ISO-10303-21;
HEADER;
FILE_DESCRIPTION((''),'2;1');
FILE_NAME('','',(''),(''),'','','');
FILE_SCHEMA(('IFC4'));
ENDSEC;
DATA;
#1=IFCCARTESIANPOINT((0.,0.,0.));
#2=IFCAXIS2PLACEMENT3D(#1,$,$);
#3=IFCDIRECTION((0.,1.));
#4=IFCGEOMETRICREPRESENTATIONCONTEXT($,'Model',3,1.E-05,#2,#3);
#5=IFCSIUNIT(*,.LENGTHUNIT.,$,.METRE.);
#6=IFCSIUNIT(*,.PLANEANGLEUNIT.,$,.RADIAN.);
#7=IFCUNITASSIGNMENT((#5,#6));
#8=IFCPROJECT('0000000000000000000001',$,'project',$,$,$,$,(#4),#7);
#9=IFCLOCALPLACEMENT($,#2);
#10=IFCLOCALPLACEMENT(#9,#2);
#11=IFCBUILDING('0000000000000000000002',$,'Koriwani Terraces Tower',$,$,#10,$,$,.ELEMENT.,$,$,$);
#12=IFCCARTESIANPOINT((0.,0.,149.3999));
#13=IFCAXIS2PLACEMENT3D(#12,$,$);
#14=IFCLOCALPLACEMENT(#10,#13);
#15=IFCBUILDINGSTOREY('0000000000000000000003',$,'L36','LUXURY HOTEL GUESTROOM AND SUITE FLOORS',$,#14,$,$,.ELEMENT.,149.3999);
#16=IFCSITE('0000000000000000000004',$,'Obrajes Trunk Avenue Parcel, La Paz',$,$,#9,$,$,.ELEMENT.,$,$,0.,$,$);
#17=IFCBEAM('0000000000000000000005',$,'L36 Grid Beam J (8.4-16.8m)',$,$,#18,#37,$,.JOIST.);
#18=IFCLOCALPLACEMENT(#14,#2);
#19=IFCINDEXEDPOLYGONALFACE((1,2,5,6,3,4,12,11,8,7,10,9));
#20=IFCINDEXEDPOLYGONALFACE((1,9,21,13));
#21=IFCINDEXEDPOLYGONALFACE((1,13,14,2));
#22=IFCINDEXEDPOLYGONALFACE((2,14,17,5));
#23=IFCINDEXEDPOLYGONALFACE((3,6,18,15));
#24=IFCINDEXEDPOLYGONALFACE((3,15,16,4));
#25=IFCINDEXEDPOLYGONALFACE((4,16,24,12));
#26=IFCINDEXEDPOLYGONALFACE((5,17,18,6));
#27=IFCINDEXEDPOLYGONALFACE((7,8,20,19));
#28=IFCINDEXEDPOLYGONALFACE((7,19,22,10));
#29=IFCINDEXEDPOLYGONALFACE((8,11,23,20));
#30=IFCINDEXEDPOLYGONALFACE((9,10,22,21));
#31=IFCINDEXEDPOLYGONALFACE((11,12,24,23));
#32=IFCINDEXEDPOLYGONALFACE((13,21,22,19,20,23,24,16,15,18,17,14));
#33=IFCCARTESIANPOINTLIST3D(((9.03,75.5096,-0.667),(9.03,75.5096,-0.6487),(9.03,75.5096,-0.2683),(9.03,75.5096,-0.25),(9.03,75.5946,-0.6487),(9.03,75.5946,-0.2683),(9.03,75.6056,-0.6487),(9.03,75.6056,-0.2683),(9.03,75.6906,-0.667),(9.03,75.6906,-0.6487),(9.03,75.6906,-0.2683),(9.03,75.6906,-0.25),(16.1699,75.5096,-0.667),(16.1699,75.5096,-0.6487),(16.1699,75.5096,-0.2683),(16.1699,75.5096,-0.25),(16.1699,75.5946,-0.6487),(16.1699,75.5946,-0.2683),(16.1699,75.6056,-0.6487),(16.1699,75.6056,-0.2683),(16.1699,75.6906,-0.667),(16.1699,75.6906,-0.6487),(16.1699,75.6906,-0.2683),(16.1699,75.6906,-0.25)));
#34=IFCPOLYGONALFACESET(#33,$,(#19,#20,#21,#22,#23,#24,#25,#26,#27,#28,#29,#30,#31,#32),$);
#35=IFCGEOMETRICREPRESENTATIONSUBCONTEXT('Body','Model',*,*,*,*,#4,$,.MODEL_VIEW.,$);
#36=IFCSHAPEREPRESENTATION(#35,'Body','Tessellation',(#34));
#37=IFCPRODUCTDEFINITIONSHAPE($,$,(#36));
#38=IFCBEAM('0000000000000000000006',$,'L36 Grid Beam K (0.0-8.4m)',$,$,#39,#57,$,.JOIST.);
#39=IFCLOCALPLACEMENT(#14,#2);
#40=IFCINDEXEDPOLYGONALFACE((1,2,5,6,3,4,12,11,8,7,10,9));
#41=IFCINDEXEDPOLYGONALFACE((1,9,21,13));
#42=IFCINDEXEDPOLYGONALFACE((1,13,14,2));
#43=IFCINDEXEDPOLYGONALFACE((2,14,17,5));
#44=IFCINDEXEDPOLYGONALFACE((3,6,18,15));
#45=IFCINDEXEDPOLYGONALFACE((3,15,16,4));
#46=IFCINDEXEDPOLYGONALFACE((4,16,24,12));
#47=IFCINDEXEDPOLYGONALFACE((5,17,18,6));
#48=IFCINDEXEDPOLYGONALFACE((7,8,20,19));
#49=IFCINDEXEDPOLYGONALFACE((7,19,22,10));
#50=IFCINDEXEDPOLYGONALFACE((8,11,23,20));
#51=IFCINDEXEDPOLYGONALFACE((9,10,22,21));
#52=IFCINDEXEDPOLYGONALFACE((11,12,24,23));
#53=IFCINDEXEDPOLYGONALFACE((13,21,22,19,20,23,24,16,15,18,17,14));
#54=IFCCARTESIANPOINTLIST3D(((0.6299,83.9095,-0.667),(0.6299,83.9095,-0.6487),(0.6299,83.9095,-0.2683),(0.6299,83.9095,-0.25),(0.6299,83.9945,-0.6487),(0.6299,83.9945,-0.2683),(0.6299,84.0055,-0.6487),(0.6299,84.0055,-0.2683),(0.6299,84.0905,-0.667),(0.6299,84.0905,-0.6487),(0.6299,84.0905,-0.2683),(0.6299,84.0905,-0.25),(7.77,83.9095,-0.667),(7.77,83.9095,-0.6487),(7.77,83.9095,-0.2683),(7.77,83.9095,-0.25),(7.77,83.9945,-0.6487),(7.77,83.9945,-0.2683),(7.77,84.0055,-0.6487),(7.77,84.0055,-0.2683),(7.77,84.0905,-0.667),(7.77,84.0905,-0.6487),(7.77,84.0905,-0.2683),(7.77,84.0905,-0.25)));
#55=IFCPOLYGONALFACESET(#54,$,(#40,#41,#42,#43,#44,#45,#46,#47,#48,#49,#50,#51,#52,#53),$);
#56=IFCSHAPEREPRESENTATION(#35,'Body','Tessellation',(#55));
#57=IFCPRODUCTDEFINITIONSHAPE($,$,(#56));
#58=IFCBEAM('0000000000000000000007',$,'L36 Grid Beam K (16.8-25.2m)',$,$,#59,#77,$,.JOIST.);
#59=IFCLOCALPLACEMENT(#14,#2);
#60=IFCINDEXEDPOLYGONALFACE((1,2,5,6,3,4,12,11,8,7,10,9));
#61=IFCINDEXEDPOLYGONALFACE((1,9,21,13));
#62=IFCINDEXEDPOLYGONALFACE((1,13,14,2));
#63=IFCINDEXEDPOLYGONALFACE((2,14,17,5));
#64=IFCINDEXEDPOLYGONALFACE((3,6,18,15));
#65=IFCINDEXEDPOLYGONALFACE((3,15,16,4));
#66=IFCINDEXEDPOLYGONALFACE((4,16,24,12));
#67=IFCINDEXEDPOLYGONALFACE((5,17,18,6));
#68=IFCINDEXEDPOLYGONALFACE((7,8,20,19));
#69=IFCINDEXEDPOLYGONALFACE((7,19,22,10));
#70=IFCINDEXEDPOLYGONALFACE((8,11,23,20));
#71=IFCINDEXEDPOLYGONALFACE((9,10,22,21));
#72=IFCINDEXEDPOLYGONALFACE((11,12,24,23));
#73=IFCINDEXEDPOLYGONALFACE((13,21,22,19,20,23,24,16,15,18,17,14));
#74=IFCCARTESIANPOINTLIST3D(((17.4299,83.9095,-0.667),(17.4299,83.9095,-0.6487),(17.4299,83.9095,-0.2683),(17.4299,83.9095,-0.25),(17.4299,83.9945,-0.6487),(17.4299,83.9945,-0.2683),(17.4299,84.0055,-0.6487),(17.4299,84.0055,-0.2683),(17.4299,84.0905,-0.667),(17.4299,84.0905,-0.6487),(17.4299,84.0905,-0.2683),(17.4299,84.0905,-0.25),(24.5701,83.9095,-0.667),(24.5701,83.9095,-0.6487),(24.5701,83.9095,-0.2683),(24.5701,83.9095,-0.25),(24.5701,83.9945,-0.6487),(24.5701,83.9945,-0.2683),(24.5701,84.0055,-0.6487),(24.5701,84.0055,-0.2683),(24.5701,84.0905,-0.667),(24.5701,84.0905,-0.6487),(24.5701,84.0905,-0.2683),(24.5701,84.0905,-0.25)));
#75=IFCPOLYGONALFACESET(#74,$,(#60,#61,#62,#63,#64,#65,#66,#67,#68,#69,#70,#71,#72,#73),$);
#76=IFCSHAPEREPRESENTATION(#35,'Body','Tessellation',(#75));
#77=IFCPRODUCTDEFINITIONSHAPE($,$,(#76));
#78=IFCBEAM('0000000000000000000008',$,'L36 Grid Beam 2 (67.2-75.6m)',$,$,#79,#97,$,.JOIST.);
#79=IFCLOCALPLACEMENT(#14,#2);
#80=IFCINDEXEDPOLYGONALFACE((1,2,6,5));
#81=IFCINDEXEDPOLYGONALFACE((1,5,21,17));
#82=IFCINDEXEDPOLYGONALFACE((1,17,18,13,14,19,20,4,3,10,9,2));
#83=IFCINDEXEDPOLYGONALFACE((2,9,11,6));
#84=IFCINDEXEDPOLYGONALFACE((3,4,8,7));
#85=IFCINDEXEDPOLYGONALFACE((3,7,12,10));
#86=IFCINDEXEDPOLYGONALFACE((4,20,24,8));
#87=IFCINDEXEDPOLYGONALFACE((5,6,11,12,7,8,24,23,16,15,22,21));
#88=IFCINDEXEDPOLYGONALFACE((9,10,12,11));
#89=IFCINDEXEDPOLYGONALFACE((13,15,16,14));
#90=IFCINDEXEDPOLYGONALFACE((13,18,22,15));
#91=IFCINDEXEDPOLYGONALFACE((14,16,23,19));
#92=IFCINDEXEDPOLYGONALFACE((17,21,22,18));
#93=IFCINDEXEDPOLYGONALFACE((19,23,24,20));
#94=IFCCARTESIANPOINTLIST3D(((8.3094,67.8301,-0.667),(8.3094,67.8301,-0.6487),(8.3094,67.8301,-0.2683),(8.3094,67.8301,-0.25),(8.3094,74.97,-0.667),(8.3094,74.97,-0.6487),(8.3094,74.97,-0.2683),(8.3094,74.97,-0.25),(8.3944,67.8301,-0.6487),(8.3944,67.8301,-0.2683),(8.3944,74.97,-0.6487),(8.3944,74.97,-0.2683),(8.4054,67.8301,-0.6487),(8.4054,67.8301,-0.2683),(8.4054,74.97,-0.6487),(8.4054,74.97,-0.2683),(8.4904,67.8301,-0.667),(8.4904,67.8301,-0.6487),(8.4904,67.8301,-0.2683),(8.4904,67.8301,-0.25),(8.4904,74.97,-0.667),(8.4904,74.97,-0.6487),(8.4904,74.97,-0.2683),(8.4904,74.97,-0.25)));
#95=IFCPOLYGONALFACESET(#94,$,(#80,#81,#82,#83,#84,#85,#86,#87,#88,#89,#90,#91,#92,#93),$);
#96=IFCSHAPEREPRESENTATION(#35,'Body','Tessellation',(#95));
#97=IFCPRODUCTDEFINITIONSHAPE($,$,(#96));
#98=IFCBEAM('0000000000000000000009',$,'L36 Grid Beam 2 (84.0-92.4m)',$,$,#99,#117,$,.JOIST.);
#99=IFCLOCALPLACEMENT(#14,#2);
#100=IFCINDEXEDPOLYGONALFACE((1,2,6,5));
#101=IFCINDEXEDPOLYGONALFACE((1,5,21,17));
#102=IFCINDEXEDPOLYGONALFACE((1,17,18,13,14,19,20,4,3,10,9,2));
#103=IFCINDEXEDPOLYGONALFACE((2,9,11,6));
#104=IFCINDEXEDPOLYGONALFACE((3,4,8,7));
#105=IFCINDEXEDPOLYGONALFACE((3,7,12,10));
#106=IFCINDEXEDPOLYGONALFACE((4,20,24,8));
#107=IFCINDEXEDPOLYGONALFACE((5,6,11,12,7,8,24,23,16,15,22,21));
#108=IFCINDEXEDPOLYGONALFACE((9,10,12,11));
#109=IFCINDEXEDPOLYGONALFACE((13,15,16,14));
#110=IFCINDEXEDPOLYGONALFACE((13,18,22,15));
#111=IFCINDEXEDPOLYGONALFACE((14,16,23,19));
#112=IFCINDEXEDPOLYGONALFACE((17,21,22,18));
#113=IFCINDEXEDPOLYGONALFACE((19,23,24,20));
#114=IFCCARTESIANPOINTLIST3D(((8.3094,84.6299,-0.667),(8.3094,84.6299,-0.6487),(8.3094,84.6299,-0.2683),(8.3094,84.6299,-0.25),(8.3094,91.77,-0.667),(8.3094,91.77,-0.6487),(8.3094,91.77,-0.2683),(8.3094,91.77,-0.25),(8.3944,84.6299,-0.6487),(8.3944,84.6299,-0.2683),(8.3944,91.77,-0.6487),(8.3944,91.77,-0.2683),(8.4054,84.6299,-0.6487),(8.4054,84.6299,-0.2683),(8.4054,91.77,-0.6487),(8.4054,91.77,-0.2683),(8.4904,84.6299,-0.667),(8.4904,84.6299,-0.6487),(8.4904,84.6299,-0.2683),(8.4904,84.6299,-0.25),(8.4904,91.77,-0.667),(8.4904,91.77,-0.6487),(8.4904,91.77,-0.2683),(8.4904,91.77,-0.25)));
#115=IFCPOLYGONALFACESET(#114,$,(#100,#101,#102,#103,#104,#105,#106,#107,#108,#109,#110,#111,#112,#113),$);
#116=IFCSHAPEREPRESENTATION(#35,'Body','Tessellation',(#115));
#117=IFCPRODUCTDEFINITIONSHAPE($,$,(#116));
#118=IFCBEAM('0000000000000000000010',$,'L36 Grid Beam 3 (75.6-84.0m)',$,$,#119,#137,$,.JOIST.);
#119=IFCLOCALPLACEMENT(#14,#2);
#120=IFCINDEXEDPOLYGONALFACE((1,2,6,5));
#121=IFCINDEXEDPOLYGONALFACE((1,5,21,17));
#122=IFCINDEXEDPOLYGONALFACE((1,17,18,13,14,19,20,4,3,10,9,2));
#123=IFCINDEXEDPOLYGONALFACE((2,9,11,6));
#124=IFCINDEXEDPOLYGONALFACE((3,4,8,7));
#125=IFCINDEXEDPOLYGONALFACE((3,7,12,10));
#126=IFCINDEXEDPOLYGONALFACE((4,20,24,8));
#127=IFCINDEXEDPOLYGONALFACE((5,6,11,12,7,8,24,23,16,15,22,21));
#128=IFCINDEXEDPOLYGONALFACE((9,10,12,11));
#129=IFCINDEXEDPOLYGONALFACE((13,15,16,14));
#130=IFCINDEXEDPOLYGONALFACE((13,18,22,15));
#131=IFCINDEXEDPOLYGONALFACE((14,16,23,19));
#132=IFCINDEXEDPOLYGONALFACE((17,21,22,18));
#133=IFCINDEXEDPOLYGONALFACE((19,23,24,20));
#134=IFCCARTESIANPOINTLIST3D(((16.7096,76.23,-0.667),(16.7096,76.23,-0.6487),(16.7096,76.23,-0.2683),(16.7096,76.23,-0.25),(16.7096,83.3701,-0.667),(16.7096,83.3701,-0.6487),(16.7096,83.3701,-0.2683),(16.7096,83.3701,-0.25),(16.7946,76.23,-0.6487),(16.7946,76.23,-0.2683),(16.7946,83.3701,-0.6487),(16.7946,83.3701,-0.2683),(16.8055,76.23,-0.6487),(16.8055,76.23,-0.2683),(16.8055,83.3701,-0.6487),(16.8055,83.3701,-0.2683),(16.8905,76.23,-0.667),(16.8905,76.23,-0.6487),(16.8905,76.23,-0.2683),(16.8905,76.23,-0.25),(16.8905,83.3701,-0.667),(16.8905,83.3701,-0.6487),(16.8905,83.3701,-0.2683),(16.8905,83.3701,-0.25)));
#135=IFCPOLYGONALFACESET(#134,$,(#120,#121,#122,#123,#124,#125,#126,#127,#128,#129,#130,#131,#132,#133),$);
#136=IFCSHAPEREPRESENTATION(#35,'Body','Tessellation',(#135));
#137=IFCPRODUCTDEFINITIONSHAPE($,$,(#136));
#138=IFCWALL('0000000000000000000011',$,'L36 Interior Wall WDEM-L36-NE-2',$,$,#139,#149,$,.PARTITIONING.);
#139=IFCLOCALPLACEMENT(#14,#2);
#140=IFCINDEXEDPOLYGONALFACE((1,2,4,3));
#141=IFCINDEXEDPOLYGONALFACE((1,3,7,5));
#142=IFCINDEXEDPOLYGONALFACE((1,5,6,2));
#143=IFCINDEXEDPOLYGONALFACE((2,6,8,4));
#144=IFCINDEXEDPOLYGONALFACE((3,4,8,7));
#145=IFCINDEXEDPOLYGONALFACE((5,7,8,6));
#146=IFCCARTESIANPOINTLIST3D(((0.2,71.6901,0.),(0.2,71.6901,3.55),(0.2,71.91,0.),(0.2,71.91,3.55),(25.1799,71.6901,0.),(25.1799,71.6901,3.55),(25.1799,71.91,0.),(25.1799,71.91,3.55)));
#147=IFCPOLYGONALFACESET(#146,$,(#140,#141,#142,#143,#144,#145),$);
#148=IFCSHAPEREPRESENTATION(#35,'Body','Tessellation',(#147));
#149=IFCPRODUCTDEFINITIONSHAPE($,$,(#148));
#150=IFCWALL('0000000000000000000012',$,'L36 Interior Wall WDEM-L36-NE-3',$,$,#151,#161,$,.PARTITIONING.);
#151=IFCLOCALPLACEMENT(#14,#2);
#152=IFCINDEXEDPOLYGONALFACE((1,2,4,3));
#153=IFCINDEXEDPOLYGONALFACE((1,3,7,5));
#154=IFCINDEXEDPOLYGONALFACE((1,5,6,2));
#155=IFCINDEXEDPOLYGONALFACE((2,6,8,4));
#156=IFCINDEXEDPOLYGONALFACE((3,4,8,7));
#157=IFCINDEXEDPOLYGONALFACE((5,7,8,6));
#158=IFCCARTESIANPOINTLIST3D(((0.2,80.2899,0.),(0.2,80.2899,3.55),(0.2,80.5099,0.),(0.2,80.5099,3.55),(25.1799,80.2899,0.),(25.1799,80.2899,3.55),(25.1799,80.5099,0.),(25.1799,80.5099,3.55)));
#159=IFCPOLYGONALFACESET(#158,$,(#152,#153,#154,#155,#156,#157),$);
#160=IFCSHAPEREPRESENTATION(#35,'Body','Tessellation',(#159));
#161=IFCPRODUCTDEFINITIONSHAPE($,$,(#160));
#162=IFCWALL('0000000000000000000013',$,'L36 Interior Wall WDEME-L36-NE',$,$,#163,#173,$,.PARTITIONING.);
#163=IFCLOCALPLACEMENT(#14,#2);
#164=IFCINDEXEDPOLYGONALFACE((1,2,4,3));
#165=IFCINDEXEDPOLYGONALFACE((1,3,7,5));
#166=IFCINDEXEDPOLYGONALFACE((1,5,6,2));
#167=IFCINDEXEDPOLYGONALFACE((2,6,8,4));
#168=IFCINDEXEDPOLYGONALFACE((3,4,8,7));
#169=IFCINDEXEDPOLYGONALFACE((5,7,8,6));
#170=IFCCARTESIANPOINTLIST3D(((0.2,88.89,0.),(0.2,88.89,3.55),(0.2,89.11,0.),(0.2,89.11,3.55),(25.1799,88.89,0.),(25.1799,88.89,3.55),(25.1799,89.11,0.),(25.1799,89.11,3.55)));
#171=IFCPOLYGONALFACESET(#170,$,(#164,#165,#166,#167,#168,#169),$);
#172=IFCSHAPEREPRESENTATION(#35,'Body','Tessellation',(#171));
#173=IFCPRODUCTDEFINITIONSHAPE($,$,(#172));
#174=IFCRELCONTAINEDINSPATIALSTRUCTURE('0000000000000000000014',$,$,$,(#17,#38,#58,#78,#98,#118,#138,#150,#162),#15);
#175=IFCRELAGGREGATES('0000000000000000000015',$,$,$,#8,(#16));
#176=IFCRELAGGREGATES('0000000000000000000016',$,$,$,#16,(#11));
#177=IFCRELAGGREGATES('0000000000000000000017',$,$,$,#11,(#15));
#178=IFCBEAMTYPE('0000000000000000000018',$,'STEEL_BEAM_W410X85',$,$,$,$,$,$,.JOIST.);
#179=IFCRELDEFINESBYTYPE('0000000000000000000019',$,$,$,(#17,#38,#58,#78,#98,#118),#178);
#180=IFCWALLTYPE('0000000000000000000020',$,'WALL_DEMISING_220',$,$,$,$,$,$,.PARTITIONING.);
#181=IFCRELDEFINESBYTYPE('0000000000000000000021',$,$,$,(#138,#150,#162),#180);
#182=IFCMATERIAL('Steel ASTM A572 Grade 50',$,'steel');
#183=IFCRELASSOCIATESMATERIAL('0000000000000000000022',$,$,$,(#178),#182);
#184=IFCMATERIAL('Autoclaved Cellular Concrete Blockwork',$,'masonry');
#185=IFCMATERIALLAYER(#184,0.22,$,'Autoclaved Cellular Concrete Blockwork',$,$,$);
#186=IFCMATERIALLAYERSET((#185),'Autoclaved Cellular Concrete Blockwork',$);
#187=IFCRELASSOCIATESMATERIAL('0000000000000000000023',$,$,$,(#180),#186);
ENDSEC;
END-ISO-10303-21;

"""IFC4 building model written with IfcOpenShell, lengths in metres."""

from ifc_helpers import new_model, si_unit, direction, frame, frame_2d, origin, origin_2d, place, context, subcontext, project, spatial, rectangle, i_section, extrude, material, layer, layer_set, material_profile, profile_set, type_object, element, save


model = new_model("IFC4")

# Units and contexts
model_context = context("Model", 3, precision=1e-05, world=origin(), true_north=direction((0.0, 1.0)))
body_context = subcontext(model_context, "Body", "Model", "MODEL_VIEW")
ifc_project = project(units=[si_unit("LENGTHUNIT", "METRE"), si_unit("PLANEANGLEUNIT", "RADIAN")], contexts=[model_context])

# Site, building, storey
site_placement = place(None, origin())
site = spatial("IfcSite", under=ifc_project, at=site_placement, Name="Obrajes Trunk Avenue Parcel, La Paz", CompositionType="ELEMENT", RefElevation=0.0)
building_placement = place(site_placement, origin())
building = spatial("IfcBuilding", under=site, at=building_placement, Name="Koriwani Terraces Tower", CompositionType="ELEMENT")
storey_placement = place(building_placement, frame((0.0, 0.0, 149.3999)))
storey = spatial("IfcBuildingStorey", under=building, at=storey_placement, Name="L36", Description="LUXURY HOTEL GUESTROOM AND SUITE FLOORS", CompositionType="ELEMENT", Elevation=149.3999)

# Beams
ifc_material_1 = material(Name="Steel ASTM A572 Grade 50", Category="steel")
ifc_material_profile_1 = material_profile(ifc_material_1, i_section(OverallWidth=0.1809, OverallDepth=0.417, WebThickness=0.011, FlangeThickness=0.0183, at=origin_2d()), Name="Steel ASTM A572 Grade 50", Category="LoadBearing")
ifc_profile_set_1 = profile_set([ifc_material_profile_1], Name="Steel ASTM A572 Grade 50")
beam_type_1 = type_object("IfcBeamType", Name="STEEL_BEAM_W410X85", PredefinedType="JOIST", material=ifc_profile_set_1)
beam_1_placement = place(storey_placement, frame((9.03, 75.6001, -0.4585), z_axis=(1.0, 0.0, 0.0), x_axis=(0.0, 1.0, 0.0)))
element("IfcBeam", 1, at=beam_1_placement, inside=storey, type_object=beam_type_1, Name="L36 Grid Beam J (8.4-16.8m)", PredefinedType="JOIST", context=body_context, shape_type="SweptSolid", body=[
    extrude(i_section(OverallWidth=0.1809, OverallDepth=0.417, WebThickness=0.011, FlangeThickness=0.0183, at=origin_2d()), origin(), (0.0, 0.0, 1.0), 7.1399),
])
for number, where, z_axis, x_axis, name in (
    (2, (0.6299, 84.0, -0.4585), (1.0, 0.0, 0.0), (0.0, 1.0, 0.0), "L36 Grid Beam K (0.0-8.4m)"),
    (3, (17.4299, 84.0, -0.4585), (1.0, 0.0, 0.0), (0.0, 1.0, 0.0), "L36 Grid Beam K (16.8-25.2m)"),
):
    element("IfcBeam", number, at=place(storey_placement, frame(where, z_axis=z_axis, x_axis=x_axis)), inside=storey, type_object=beam_type_1, Name=name, PredefinedType="JOIST", context=body_context, shape_type="SweptSolid", body=[
        extrude(i_section(OverallWidth=0.1809, OverallDepth=0.417, WebThickness=0.011, FlangeThickness=0.0183, at=origin_2d()), origin(), (0.0, 0.0, 1.0), 7.1401),
    ])
beam_2_placement = place(storey_placement, frame((8.3999, 67.8301, -0.4585), z_axis=(0.0, 1.0, 0.0), x_axis=(-1.0, 0.0, 0.0)))
element("IfcBeam", 4, at=beam_2_placement, inside=storey, type_object=beam_type_1, Name="L36 Grid Beam 2 (67.2-75.6m)", PredefinedType="JOIST", context=body_context, shape_type="SweptSolid", body=[
    extrude(i_section(OverallWidth=0.1809, OverallDepth=0.417, WebThickness=0.011, FlangeThickness=0.0183, at=origin_2d()), origin(), (0.0, 0.0, 1.0), 7.1399),
])
for number, where, z_axis, x_axis, name in (
    (5, (8.3999, 84.6299, -0.4585), (0.0, 1.0, 0.0), (-1.0, 0.0, 0.0), "L36 Grid Beam 2 (84.0-92.4m)"),
    (6, (16.8, 76.23, -0.4585), (0.0, 1.0, 0.0), (-1.0, 0.0, 0.0), "L36 Grid Beam 3 (75.6-84.0m)"),
):
    element("IfcBeam", number, at=place(storey_placement, frame(where, z_axis=z_axis, x_axis=x_axis)), inside=storey, type_object=beam_type_1, Name=name, PredefinedType="JOIST", context=body_context, shape_type="SweptSolid", body=[
        extrude(i_section(OverallWidth=0.1809, OverallDepth=0.417, WebThickness=0.011, FlangeThickness=0.0183, at=origin_2d()), origin(), (0.0, 0.0, 1.0), 7.1401),
    ])

# Walls
ifc_material_2 = material(Name="Autoclaved Cellular Concrete Blockwork", Category="masonry")
ifc_layer_1 = layer(ifc_material_2, 0.22, Name="Autoclaved Cellular Concrete Blockwork")
ifc_layer_set_1 = layer_set([ifc_layer_1], Name="Autoclaved Cellular Concrete Blockwork")
wall_type_1 = type_object("IfcWallType", Name="WALL_DEMISING_220", PredefinedType="PARTITIONING", material=ifc_layer_set_1)
for number, where, z_axis, x_axis, name in (
    (7, (0.2, 71.8, 0.0), (0.0, 0.0, 1.0), (1.0, 0.0, 0.0), "L36 Interior Wall WDEM-L36-NE-2"),
    (8, (0.2, 80.3999, 0.0), (0.0, 0.0, 1.0), (1.0, 0.0, 0.0), "L36 Interior Wall WDEM-L36-NE-3"),
    (9, (0.2, 89.0, 0.0), (0.0, 0.0, 1.0), (1.0, 0.0, 0.0), "L36 Interior Wall WDEME-L36-NE"),
):
    element("IfcWall", number, at=place(storey_placement, frame(where, z_axis=z_axis, x_axis=x_axis)), inside=storey, type_object=wall_type_1, Name=name, PredefinedType="PARTITIONING", context=body_context, shape_type="SweptSolid", body=[
        extrude(rectangle(XDim=24.98, YDim=0.22, at=frame_2d((12.49, 0.0))), origin(), (0.0, 0.0, 1.0), 3.55),
    ])

save(model, "model.ifc")
